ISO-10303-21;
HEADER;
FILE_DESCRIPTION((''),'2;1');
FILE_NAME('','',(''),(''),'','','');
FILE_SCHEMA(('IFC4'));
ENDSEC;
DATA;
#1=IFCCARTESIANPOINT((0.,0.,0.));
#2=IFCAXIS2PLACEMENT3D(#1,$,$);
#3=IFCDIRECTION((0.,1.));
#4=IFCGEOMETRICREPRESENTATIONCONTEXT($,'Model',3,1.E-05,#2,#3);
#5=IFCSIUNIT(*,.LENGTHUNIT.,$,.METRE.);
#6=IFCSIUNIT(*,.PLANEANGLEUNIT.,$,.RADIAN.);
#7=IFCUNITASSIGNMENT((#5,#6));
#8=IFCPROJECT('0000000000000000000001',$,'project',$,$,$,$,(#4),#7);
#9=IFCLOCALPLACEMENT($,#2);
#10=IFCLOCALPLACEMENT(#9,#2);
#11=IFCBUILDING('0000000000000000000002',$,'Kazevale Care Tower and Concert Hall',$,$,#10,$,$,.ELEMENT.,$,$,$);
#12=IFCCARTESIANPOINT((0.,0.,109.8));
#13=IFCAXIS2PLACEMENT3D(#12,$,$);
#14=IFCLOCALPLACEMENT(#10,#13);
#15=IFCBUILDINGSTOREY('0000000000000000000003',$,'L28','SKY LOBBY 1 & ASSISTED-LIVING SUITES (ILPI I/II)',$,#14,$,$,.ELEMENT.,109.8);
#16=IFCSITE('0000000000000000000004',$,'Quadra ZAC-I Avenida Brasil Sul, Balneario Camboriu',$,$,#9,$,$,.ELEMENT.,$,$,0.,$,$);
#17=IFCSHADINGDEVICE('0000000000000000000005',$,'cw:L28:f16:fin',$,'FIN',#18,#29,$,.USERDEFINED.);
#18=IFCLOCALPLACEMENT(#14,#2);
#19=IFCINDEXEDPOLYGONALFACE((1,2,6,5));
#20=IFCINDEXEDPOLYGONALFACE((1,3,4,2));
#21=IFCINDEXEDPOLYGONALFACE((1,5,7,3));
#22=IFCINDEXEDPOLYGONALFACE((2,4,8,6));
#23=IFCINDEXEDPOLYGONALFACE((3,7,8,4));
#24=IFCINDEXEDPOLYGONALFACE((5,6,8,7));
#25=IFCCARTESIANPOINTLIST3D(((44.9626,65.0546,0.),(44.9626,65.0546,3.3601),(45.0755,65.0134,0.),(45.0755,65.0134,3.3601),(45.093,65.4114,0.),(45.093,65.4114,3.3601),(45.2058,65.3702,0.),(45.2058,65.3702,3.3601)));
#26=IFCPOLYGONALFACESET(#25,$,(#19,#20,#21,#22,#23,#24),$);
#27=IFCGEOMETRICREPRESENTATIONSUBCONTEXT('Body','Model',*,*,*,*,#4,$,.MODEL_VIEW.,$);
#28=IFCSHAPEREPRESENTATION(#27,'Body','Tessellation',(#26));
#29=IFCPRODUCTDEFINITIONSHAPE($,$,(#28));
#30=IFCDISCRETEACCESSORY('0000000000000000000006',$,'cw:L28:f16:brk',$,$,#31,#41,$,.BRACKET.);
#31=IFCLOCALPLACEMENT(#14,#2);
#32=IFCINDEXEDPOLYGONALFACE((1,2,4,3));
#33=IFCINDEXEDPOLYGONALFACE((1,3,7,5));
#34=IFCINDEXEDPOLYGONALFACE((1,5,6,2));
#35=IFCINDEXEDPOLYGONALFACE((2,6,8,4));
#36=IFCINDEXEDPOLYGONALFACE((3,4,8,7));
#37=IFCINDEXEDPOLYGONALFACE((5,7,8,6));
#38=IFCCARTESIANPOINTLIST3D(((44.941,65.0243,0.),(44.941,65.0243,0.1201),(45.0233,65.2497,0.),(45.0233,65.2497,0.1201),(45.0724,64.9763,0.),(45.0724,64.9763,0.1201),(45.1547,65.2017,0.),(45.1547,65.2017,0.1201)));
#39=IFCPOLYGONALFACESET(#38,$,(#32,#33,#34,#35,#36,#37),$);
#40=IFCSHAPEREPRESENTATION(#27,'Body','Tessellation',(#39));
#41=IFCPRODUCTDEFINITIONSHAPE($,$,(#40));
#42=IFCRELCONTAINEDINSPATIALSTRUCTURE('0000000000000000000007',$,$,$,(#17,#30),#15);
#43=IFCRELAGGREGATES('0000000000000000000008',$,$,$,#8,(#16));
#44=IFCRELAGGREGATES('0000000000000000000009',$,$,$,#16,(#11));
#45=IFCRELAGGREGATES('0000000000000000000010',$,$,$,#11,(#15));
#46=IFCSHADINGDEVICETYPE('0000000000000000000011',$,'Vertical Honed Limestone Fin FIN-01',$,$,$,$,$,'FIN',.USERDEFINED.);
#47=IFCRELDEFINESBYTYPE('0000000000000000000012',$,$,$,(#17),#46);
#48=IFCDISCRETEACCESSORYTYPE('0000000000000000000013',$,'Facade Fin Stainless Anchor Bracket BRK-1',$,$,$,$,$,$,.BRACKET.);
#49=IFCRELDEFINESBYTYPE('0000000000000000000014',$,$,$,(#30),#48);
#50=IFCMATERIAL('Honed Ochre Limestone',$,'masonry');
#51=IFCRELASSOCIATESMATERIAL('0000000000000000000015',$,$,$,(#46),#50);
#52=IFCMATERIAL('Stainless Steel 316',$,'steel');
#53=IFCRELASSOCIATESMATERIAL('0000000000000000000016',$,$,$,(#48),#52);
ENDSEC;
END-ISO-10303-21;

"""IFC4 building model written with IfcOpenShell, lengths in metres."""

from ifc_helpers import new_model, si_unit, direction, frame, origin, origin_2d, place, context, subcontext, project, spatial, rectangle, extrude, material, type_object, element, save


model = new_model("IFC4")

# Units and contexts
model_context = context("Model", 3, precision=1e-05, world=origin(), true_north=direction((0.0, 1.0)))
body_context = subcontext(model_context, "Body", "Model", "MODEL_VIEW")
ifc_project = project(units=[si_unit("LENGTHUNIT", "METRE"), si_unit("PLANEANGLEUNIT", "RADIAN")], contexts=[model_context])

# Site, building, storey
site_placement = place(None, origin())
site = spatial("IfcSite", under=ifc_project, at=site_placement, Name="Quadra ZAC-I Avenida Brasil Sul, Balneario Camboriu", CompositionType="ELEMENT", RefElevation=0.0)
building_placement = place(site_placement, origin())
building = spatial("IfcBuilding", under=site, at=building_placement, Name="Kazevale Care Tower and Concert Hall", CompositionType="ELEMENT")
storey_placement = place(building_placement, frame((0.0, 0.0, 109.8)))
storey = spatial("IfcBuildingStorey", under=building, at=storey_placement, Name="L28", Description="SKY LOBBY 1 & ASSISTED-LIVING SUITES (ILPI I/II)", CompositionType="ELEMENT", Elevation=109.8)

# Shading device
ifc_material_1 = material(Name="Honed Ochre Limestone", Category="masonry")
shading_device_type = type_object("IfcShadingDeviceType", Name="Vertical Honed Limestone Fin FIN-01", ElementType="FIN", PredefinedType="USERDEFINED", material=ifc_material_1)
shading_device_placement = place(storey_placement, frame((45.0842, 65.2124, 0.0), z_axis=(0.0, 0.0, 1.0), x_axis=(0.343168, 0.939274, 0.0)))
element("IfcShadingDevice", 1, at=shading_device_placement, inside=storey, type_object=shading_device_type, Name="cw:L28:f16:fin", ObjectType="FIN", PredefinedType="USERDEFINED", context=body_context, shape_type="SweptSolid", body=[
    extrude(rectangle(XDim=0.3799, YDim=0.1201, at=origin_2d()), origin(), (0.0, 0.0, 1.0), 3.3601),
])

# Discrete accessory
ifc_material_2 = material(Name="Stainless Steel 316", Category="steel")
discrete_accessory_type = type_object("IfcDiscreteAccessoryType", Name="Facade Fin Stainless Anchor Bracket BRK-1", PredefinedType="BRACKET", material=ifc_material_2)
discrete_accessory_placement = place(storey_placement, frame((45.0479, 65.113, 0.0), z_axis=(0.0, 0.0, 1.0), x_axis=(0.343168, 0.939274, 0.0)))
element("IfcDiscreteAccessory", 2, at=discrete_accessory_placement, inside=storey, type_object=discrete_accessory_type, Name="cw:L28:f16:brk", PredefinedType="BRACKET", context=body_context, shape_type="SweptSolid", body=[
    extrude(rectangle(XDim=0.24, YDim=0.1399, at=origin_2d()), origin(), (0.0, 0.0, 1.0), 0.1201),
])

save(model, "model.ifc")
